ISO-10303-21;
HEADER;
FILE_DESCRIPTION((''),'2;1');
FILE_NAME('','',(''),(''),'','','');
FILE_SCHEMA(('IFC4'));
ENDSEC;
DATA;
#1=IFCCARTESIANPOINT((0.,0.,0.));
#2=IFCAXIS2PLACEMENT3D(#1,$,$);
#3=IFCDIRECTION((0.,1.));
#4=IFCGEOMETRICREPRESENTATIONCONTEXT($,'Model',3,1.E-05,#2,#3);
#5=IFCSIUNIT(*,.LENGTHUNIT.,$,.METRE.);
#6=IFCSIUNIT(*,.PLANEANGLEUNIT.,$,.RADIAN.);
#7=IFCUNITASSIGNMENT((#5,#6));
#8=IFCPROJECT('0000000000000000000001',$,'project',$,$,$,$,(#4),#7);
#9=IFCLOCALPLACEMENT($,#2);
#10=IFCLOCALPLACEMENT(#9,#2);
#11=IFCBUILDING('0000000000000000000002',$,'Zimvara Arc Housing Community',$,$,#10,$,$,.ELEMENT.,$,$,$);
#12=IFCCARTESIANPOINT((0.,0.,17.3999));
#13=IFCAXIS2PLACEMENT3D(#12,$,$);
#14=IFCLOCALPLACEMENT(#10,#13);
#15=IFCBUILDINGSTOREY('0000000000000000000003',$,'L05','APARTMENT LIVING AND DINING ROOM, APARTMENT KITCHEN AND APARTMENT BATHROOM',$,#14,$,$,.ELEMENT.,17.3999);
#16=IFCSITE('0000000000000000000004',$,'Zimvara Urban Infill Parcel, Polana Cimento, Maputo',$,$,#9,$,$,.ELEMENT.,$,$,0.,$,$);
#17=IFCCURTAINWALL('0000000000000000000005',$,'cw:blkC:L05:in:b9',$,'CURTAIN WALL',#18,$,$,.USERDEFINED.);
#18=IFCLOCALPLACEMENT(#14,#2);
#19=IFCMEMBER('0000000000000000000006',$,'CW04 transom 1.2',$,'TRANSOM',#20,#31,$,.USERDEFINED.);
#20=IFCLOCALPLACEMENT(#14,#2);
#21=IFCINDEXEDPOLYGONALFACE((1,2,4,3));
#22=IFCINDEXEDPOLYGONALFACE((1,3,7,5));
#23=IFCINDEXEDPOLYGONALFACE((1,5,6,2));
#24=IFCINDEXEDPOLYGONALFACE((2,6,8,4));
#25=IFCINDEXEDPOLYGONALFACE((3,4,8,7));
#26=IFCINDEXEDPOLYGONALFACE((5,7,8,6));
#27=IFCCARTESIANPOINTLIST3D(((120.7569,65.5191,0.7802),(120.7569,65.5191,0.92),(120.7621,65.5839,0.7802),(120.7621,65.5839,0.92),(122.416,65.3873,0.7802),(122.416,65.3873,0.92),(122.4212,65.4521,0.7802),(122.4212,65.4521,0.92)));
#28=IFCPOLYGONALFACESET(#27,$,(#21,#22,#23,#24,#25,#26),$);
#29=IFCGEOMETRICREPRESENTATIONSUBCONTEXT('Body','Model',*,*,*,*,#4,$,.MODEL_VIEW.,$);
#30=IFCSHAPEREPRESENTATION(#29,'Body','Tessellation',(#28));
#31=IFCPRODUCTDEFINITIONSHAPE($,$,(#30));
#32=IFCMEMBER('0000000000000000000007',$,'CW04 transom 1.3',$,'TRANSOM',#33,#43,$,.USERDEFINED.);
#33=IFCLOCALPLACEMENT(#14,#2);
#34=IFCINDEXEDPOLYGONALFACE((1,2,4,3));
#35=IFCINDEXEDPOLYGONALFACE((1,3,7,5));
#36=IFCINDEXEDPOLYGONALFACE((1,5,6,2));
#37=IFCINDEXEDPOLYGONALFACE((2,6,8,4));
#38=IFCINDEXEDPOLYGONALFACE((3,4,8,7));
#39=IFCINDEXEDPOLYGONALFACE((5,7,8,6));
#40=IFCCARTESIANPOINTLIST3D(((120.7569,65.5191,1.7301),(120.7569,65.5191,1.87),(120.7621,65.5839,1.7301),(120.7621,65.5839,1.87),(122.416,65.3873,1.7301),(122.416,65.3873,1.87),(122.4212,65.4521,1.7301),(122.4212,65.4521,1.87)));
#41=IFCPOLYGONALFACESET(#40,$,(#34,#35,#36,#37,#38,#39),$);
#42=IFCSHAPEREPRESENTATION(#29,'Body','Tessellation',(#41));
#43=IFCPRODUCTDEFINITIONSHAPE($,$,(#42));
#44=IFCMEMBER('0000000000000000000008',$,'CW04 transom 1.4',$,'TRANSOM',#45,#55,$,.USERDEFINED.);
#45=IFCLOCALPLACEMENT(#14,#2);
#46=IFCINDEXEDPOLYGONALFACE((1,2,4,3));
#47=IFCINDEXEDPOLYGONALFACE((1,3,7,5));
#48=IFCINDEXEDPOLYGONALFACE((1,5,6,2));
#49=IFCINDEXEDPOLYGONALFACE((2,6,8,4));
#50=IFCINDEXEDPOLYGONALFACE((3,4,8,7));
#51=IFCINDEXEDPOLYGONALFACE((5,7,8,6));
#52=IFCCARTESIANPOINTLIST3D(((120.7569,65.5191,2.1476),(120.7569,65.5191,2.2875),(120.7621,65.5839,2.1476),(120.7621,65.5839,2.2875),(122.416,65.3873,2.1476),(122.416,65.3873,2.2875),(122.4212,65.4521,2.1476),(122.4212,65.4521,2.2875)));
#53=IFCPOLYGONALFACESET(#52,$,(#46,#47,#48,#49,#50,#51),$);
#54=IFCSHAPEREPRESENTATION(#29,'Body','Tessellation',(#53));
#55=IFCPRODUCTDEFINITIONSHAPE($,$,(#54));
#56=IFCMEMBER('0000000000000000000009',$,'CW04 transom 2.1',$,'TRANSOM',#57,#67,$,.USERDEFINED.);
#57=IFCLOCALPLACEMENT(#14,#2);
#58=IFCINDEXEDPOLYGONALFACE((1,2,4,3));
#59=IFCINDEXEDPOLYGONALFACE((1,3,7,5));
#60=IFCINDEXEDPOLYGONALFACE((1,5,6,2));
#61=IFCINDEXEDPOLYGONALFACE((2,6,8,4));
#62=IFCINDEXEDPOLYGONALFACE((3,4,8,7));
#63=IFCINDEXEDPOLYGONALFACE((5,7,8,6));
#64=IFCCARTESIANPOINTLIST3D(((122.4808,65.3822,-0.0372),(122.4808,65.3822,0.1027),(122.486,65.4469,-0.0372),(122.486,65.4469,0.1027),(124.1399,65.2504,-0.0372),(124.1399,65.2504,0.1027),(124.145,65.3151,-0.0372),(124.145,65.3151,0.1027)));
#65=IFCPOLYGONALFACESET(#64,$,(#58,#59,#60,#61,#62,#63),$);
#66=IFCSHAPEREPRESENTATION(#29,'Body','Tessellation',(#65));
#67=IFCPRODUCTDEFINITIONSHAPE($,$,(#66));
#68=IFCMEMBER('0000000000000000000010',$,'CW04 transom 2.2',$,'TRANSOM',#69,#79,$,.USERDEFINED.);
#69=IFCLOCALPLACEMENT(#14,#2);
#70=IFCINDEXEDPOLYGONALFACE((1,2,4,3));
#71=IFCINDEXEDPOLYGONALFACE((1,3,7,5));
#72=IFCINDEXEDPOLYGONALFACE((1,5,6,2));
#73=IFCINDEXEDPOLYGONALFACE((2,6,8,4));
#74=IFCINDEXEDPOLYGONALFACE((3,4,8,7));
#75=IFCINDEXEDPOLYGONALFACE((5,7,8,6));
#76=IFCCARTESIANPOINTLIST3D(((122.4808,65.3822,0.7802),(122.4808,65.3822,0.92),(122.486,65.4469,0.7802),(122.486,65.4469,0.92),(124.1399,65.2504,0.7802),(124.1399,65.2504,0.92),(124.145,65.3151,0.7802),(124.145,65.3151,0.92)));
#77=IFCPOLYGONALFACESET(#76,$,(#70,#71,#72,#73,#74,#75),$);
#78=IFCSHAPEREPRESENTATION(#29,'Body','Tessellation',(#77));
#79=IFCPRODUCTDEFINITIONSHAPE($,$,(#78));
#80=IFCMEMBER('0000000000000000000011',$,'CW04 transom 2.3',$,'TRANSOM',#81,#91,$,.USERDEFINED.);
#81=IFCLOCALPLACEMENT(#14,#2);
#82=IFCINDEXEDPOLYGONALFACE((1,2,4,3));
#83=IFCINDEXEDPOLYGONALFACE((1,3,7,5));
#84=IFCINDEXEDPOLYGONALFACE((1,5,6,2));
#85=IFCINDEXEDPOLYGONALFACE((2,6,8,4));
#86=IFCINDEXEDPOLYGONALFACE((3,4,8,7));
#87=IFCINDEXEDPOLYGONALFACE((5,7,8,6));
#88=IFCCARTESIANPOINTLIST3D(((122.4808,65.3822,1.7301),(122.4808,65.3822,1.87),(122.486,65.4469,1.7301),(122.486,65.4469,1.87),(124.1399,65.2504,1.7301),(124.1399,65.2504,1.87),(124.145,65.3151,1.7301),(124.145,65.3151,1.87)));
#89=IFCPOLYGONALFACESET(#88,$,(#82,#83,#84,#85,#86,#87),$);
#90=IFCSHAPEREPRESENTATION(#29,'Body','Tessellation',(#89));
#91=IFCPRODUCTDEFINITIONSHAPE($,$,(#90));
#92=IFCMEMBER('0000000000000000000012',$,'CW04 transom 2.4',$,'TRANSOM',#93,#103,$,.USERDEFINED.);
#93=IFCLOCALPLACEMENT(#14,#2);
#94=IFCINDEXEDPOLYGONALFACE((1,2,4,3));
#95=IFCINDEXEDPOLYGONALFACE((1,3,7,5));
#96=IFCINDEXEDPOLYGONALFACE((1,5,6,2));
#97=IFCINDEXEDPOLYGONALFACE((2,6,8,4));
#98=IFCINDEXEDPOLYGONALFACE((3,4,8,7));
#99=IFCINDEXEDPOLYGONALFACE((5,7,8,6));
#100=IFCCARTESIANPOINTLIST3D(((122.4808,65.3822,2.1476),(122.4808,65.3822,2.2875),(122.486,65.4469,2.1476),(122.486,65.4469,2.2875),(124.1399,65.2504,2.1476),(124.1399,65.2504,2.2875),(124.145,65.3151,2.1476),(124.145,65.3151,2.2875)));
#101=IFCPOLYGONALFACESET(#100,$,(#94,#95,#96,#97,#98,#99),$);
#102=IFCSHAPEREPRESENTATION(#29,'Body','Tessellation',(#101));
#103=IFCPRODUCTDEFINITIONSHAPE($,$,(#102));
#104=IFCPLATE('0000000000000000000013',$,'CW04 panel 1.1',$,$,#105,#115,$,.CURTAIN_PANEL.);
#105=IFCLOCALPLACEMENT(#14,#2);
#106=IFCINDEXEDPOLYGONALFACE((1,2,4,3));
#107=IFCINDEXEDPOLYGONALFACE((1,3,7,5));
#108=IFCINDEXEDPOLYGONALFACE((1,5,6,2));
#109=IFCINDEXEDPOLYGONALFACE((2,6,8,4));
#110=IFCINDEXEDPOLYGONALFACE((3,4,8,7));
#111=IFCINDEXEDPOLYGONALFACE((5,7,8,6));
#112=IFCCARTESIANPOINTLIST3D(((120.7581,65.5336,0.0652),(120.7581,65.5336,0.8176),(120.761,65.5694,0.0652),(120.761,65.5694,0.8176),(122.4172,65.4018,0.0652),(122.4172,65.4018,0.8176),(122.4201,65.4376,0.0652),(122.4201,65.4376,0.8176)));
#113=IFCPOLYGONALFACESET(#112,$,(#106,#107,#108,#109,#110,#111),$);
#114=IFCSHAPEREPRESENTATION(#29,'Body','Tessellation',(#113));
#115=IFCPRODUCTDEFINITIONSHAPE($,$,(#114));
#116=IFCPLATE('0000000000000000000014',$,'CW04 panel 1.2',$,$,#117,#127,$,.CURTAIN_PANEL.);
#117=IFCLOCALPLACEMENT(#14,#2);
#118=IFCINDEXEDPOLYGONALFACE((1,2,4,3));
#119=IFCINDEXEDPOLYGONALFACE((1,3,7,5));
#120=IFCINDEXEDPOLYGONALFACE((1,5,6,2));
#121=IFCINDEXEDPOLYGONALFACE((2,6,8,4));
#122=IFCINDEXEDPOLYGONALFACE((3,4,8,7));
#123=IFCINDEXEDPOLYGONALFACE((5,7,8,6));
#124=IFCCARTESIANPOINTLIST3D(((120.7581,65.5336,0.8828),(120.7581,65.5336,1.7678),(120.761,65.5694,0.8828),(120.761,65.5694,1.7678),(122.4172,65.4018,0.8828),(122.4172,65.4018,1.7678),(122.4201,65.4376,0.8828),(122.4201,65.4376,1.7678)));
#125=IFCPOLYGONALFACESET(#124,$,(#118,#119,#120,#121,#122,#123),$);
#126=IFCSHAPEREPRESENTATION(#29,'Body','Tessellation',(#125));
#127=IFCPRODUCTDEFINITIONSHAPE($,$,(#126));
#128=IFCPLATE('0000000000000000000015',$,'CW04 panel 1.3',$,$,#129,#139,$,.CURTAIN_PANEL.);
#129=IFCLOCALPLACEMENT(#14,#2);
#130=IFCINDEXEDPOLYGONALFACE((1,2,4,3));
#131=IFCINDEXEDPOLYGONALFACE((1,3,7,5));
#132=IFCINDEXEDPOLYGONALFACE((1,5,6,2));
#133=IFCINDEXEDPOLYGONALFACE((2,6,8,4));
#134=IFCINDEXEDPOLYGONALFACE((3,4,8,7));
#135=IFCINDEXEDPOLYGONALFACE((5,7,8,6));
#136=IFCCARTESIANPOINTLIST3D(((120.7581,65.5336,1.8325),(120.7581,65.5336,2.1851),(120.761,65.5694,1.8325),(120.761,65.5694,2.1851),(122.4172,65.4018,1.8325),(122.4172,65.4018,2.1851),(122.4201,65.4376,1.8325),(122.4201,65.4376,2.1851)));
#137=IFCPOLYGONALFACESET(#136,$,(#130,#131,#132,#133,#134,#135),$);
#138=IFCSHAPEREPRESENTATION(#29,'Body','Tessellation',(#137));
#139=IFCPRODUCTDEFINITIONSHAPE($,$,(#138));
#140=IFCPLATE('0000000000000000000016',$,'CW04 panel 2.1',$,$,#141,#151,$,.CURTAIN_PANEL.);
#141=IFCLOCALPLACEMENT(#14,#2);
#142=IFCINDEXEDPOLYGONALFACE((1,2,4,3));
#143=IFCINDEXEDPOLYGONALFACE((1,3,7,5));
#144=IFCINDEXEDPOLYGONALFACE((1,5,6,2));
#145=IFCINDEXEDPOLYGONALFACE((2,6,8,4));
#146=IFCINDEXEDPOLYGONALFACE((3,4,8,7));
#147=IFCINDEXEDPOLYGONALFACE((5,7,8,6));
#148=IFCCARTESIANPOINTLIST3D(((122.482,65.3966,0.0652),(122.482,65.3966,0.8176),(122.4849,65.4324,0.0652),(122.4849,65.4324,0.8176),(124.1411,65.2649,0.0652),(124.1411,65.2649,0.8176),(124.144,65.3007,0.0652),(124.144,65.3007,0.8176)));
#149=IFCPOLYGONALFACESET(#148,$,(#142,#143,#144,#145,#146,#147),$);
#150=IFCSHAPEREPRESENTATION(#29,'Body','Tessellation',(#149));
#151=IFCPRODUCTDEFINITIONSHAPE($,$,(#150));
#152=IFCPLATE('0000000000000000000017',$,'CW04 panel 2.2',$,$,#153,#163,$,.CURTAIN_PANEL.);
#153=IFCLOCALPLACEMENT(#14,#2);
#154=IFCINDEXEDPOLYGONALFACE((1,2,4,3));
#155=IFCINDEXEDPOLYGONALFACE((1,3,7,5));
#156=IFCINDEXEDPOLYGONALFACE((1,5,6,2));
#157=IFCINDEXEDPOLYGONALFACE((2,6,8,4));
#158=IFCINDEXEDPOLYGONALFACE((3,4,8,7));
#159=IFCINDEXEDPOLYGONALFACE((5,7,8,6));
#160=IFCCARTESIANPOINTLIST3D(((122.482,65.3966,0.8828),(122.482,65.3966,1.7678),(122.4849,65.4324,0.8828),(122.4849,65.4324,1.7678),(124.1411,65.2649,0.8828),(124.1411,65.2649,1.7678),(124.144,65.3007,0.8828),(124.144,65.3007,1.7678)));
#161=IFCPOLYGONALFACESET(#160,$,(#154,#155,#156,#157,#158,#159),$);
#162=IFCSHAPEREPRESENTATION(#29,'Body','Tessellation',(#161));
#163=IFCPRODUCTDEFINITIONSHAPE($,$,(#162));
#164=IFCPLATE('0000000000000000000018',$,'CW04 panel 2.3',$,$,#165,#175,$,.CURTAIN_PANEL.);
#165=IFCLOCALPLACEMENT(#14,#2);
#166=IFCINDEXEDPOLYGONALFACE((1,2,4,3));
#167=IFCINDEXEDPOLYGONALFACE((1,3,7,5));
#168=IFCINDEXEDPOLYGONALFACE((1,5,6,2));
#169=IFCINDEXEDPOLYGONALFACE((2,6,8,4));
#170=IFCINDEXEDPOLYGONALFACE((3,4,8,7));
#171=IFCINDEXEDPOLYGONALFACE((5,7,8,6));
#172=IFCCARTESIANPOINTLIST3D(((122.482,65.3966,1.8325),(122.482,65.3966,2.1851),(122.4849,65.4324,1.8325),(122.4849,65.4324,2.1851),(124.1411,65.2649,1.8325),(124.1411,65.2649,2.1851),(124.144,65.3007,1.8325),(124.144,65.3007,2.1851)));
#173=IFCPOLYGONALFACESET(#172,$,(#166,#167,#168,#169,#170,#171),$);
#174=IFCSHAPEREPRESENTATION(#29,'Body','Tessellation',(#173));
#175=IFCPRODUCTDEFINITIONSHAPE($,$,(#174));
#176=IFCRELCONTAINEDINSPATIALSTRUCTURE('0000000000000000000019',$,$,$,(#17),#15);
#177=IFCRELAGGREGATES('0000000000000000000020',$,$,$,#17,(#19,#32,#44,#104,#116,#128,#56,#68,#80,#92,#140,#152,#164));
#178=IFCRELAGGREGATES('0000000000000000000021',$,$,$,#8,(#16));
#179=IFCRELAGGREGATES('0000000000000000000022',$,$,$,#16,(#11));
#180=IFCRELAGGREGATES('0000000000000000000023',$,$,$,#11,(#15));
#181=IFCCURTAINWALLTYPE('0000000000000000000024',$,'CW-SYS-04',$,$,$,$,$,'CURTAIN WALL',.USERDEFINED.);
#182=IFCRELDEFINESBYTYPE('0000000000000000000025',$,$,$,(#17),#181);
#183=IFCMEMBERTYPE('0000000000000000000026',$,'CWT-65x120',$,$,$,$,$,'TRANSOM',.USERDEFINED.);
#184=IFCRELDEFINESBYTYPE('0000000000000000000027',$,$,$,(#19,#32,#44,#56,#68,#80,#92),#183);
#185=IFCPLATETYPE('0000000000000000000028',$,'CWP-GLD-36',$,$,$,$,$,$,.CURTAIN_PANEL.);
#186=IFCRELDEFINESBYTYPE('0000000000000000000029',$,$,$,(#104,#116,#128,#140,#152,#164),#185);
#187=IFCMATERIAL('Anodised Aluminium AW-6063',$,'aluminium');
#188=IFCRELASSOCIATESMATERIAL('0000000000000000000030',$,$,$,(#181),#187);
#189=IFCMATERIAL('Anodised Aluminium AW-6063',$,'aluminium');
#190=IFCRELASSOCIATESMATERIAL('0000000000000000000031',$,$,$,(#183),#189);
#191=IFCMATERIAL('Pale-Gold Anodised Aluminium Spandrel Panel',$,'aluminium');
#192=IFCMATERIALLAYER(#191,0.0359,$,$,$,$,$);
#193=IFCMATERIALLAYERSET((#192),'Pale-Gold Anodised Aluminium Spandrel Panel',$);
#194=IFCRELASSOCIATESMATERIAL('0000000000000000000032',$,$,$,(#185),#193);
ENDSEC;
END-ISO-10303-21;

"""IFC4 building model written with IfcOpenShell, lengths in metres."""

from ifc_helpers import new_model, si_unit, direction, frame, origin, origin_2d, place, context, subcontext, project, spatial, rectangle, extrude, material, layer, layer_set, material_profile, profile_set, type_object, element, aggregate, save


model = new_model("IFC4")

# Units and contexts
model_context = context("Model", 3, precision=1e-05, world=origin(), true_north=direction((0.0, 1.0)))
body_context = subcontext(model_context, "Body", "Model", "MODEL_VIEW")
ifc_project = project(units=[si_unit("LENGTHUNIT", "METRE"), si_unit("PLANEANGLEUNIT", "RADIAN")], contexts=[model_context])

# Site, building, storey
site_placement = place(None, origin())
site = spatial("IfcSite", under=ifc_project, at=site_placement, Name="Zimvara Urban Infill Parcel, Polana Cimento, Maputo", CompositionType="ELEMENT", RefElevation=0.0)
building_placement = place(site_placement, origin())
building = spatial("IfcBuilding", under=site, at=building_placement, Name="Zimvara Arc Housing Community", CompositionType="ELEMENT")
storey_placement = place(building_placement, frame((0.0, 0.0, 17.3999)))
storey = spatial("IfcBuildingStorey", under=building, at=storey_placement, Name="L05", Description="APARTMENT LIVING AND DINING ROOM, APARTMENT KITCHEN AND APARTMENT BATHROOM", CompositionType="ELEMENT", Elevation=17.3999)

# Curtain wall, members, plates
ifc_material_1 = material(Name="Anodised Aluminium AW-6063", Category="aluminium")
curtain_wall_type_1 = type_object("IfcCurtainWallType", Name="CW-SYS-04", ElementType="CURTAIN WALL", PredefinedType="USERDEFINED", material=ifc_material_1)
curtain_wall_1_placement = place(storey_placement, origin())
curtain_wall_1 = element("IfcCurtainWall", 1, at=curtain_wall_1_placement, inside=storey, type_object=curtain_wall_type_1, Name="cw:blkC:L05:in:b9", ObjectType="CURTAIN WALL", PredefinedType="USERDEFINED")
ifc_material_2 = material(Name="Anodised Aluminium AW-6063", Category="aluminium")
ifc_material_profile_1 = material_profile(ifc_material_2, rectangle(XDim=0.0649, YDim=0.1399, at=origin_2d()), Name="ALU 65x140")
ifc_profile_set_1 = profile_set([ifc_material_profile_1], Name="Anodised Aluminium AW-6063")
member_type_1 = type_object("IfcMemberType", Name="CWT-65x120", ElementType="TRANSOM", PredefinedType="USERDEFINED", material=ifc_profile_set_1)
member_1_placement = place(storey_placement, frame((120.7595, 65.5515, 0.8501), z_axis=(0.996858, -0.079209, 0.0), x_axis=(0.079209, 0.996858, 0.0)))
member_1 = element("IfcMember", 2, at=member_1_placement, type_object=member_type_1, Name="CW04 transom 1.2", ObjectType="TRANSOM", PredefinedType="USERDEFINED", context=body_context, shape_type="SweptSolid", body=[
    extrude(rectangle(XDim=0.0649, YDim=0.1399, at=origin_2d()), origin(), (0.0, 0.0, 1.0), 1.6643),
])
member_2_placement = place(storey_placement, frame((120.7595, 65.5515, 1.8), z_axis=(0.996858, -0.079209, 0.0), x_axis=(0.079209, 0.996858, 0.0)))
member_2 = element("IfcMember", 3, at=member_2_placement, type_object=member_type_1, Name="CW04 transom 1.3", ObjectType="TRANSOM", PredefinedType="USERDEFINED", context=body_context, shape_type="SweptSolid", body=[
    extrude(rectangle(XDim=0.0649, YDim=0.1399, at=origin_2d()), origin(), (0.0, 0.0, 1.0), 1.6643),
])
member_3_placement = place(storey_placement, frame((120.7595, 65.5515, 2.2175), z_axis=(0.996858, -0.079209, 0.0), x_axis=(0.079209, 0.996858, 0.0)))
member_3 = element("IfcMember", 4, at=member_3_placement, type_object=member_type_1, Name="CW04 transom 1.4", ObjectType="TRANSOM", PredefinedType="USERDEFINED", context=body_context, shape_type="SweptSolid", body=[
    extrude(rectangle(XDim=0.0649, YDim=0.1399, at=origin_2d()), origin(), (0.0, 0.0, 1.0), 1.6643),
])
member_4_placement = place(storey_placement, frame((122.4834, 65.4146, 0.0327), z_axis=(0.996858, -0.079209, 0.0), x_axis=(0.079209, 0.996858, 0.0)))
member_4 = element("IfcMember", 5, at=member_4_placement, type_object=member_type_1, Name="CW04 transom 2.1", ObjectType="TRANSOM", PredefinedType="USERDEFINED", context=body_context, shape_type="SweptSolid", body=[
    extrude(rectangle(XDim=0.0649, YDim=0.1399, at=origin_2d()), origin(), (0.0, 0.0, 1.0), 1.6643),
])
member_5_placement = place(storey_placement, frame((122.4834, 65.4146, 0.8501), z_axis=(0.996858, -0.079209, 0.0), x_axis=(0.079209, 0.996858, 0.0)))
member_5 = element("IfcMember", 6, at=member_5_placement, type_object=member_type_1, Name="CW04 transom 2.2", ObjectType="TRANSOM", PredefinedType="USERDEFINED", context=body_context, shape_type="SweptSolid", body=[
    extrude(rectangle(XDim=0.0649, YDim=0.1399, at=origin_2d()), origin(), (0.0, 0.0, 1.0), 1.6643),
])
member_6_placement = place(storey_placement, frame((122.4834, 65.4146, 1.8), z_axis=(0.996858, -0.079209, 0.0), x_axis=(0.079209, 0.996858, 0.0)))
member_6 = element("IfcMember", 7, at=member_6_placement, type_object=member_type_1, Name="CW04 transom 2.3", ObjectType="TRANSOM", PredefinedType="USERDEFINED", context=body_context, shape_type="SweptSolid", body=[
    extrude(rectangle(XDim=0.0649, YDim=0.1399, at=origin_2d()), origin(), (0.0, 0.0, 1.0), 1.6643),
])
member_7_placement = place(storey_placement, frame((122.4834, 65.4146, 2.2175), z_axis=(0.996858, -0.079209, 0.0), x_axis=(0.079209, 0.996858, 0.0)))
member_7 = element("IfcMember", 8, at=member_7_placement, type_object=member_type_1, Name="CW04 transom 2.4", ObjectType="TRANSOM", PredefinedType="USERDEFINED", context=body_context, shape_type="SweptSolid", body=[
    extrude(rectangle(XDim=0.0649, YDim=0.1399, at=origin_2d()), origin(), (0.0, 0.0, 1.0), 1.6643),
])
ifc_material_3 = material(Name="Pale-Gold Anodised Aluminium Spandrel Panel", Category="aluminium")
ifc_layer_1 = layer(ifc_material_3, 0.0359)
ifc_layer_set_1 = layer_set([ifc_layer_1], Name="Pale-Gold Anodised Aluminium Spandrel Panel")
plate_type = type_object("IfcPlateType", Name="CWP-GLD-36", PredefinedType="CURTAIN_PANEL", material=ifc_layer_set_1)
plate_1_placement = place(storey_placement, frame((121.5891, 65.4856, 0.0652), z_axis=(0.0, 0.0, 1.0), x_axis=(0.996862, -0.079155, 0.0)))
plate_1 = element("IfcPlate", 9, at=plate_1_placement, type_object=plate_type, Name="CW04 panel 1.1", PredefinedType="CURTAIN_PANEL", context=body_context, shape_type="SweptSolid", body=[
    extrude(rectangle(XDim=1.6643, YDim=0.0359, at=origin_2d()), origin(), (0.0, 0.0, 1.0), 0.7524),
])
plate_2_placement = place(storey_placement, frame((121.5891, 65.4856, 0.8828), z_axis=(0.0, 0.0, 1.0), x_axis=(0.996862, -0.079155, 0.0)))
plate_2 = element("IfcPlate", 10, at=plate_2_placement, type_object=plate_type, Name="CW04 panel 1.2", PredefinedType="CURTAIN_PANEL", context=body_context, shape_type="SweptSolid", body=[
    extrude(rectangle(XDim=1.6643, YDim=0.0359, at=origin_2d()), origin(), (0.0, 0.0, 1.0), 0.885),
])
plate_3_placement = place(storey_placement, frame((121.5891, 65.4856, 1.8325), z_axis=(0.0, 0.0, 1.0), x_axis=(0.996862, -0.079155, 0.0)))
plate_3 = element("IfcPlate", 11, at=plate_3_placement, type_object=plate_type, Name="CW04 panel 1.3", PredefinedType="CURTAIN_PANEL", context=body_context, shape_type="SweptSolid", body=[
    extrude(rectangle(XDim=1.6643, YDim=0.0359, at=origin_2d()), origin(), (0.0, 0.0, 1.0), 0.3525),
])
plate_4_placement = place(storey_placement, frame((123.313, 65.3486, 0.0652), z_axis=(0.0, 0.0, 1.0), x_axis=(0.996862, -0.079155, 0.0)))
plate_4 = element("IfcPlate", 12, at=plate_4_placement, type_object=plate_type, Name="CW04 panel 2.1", PredefinedType="CURTAIN_PANEL", context=body_context, shape_type="SweptSolid", body=[
    extrude(rectangle(XDim=1.6643, YDim=0.0359, at=origin_2d()), origin(), (0.0, 0.0, 1.0), 0.7524),
])
plate_5_placement = place(storey_placement, frame((123.313, 65.3486, 0.8828), z_axis=(0.0, 0.0, 1.0), x_axis=(0.996862, -0.079155, 0.0)))
plate_5 = element("IfcPlate", 13, at=plate_5_placement, type_object=plate_type, Name="CW04 panel 2.2", PredefinedType="CURTAIN_PANEL", context=body_context, shape_type="SweptSolid", body=[
    extrude(rectangle(XDim=1.6643, YDim=0.0359, at=origin_2d()), origin(), (0.0, 0.0, 1.0), 0.885),
])
plate_6_placement = place(storey_placement, frame((123.313, 65.3486, 1.8325), z_axis=(0.0, 0.0, 1.0), x_axis=(0.996862, -0.079155, 0.0)))
plate_6 = element("IfcPlate", 14, at=plate_6_placement, type_object=plate_type, Name="CW04 panel 2.3", PredefinedType="CURTAIN_PANEL", context=body_context, shape_type="SweptSolid", body=[
    extrude(rectangle(XDim=1.6643, YDim=0.0359, at=origin_2d()), origin(), (0.0, 0.0, 1.0), 0.3525),
])
aggregate(curtain_wall_1, [member_1, member_2, member_3, plate_1, plate_2, plate_3, member_4, member_5, member_6, member_7, plate_4, plate_5, plate_6])

save(model, "model.ifc")
